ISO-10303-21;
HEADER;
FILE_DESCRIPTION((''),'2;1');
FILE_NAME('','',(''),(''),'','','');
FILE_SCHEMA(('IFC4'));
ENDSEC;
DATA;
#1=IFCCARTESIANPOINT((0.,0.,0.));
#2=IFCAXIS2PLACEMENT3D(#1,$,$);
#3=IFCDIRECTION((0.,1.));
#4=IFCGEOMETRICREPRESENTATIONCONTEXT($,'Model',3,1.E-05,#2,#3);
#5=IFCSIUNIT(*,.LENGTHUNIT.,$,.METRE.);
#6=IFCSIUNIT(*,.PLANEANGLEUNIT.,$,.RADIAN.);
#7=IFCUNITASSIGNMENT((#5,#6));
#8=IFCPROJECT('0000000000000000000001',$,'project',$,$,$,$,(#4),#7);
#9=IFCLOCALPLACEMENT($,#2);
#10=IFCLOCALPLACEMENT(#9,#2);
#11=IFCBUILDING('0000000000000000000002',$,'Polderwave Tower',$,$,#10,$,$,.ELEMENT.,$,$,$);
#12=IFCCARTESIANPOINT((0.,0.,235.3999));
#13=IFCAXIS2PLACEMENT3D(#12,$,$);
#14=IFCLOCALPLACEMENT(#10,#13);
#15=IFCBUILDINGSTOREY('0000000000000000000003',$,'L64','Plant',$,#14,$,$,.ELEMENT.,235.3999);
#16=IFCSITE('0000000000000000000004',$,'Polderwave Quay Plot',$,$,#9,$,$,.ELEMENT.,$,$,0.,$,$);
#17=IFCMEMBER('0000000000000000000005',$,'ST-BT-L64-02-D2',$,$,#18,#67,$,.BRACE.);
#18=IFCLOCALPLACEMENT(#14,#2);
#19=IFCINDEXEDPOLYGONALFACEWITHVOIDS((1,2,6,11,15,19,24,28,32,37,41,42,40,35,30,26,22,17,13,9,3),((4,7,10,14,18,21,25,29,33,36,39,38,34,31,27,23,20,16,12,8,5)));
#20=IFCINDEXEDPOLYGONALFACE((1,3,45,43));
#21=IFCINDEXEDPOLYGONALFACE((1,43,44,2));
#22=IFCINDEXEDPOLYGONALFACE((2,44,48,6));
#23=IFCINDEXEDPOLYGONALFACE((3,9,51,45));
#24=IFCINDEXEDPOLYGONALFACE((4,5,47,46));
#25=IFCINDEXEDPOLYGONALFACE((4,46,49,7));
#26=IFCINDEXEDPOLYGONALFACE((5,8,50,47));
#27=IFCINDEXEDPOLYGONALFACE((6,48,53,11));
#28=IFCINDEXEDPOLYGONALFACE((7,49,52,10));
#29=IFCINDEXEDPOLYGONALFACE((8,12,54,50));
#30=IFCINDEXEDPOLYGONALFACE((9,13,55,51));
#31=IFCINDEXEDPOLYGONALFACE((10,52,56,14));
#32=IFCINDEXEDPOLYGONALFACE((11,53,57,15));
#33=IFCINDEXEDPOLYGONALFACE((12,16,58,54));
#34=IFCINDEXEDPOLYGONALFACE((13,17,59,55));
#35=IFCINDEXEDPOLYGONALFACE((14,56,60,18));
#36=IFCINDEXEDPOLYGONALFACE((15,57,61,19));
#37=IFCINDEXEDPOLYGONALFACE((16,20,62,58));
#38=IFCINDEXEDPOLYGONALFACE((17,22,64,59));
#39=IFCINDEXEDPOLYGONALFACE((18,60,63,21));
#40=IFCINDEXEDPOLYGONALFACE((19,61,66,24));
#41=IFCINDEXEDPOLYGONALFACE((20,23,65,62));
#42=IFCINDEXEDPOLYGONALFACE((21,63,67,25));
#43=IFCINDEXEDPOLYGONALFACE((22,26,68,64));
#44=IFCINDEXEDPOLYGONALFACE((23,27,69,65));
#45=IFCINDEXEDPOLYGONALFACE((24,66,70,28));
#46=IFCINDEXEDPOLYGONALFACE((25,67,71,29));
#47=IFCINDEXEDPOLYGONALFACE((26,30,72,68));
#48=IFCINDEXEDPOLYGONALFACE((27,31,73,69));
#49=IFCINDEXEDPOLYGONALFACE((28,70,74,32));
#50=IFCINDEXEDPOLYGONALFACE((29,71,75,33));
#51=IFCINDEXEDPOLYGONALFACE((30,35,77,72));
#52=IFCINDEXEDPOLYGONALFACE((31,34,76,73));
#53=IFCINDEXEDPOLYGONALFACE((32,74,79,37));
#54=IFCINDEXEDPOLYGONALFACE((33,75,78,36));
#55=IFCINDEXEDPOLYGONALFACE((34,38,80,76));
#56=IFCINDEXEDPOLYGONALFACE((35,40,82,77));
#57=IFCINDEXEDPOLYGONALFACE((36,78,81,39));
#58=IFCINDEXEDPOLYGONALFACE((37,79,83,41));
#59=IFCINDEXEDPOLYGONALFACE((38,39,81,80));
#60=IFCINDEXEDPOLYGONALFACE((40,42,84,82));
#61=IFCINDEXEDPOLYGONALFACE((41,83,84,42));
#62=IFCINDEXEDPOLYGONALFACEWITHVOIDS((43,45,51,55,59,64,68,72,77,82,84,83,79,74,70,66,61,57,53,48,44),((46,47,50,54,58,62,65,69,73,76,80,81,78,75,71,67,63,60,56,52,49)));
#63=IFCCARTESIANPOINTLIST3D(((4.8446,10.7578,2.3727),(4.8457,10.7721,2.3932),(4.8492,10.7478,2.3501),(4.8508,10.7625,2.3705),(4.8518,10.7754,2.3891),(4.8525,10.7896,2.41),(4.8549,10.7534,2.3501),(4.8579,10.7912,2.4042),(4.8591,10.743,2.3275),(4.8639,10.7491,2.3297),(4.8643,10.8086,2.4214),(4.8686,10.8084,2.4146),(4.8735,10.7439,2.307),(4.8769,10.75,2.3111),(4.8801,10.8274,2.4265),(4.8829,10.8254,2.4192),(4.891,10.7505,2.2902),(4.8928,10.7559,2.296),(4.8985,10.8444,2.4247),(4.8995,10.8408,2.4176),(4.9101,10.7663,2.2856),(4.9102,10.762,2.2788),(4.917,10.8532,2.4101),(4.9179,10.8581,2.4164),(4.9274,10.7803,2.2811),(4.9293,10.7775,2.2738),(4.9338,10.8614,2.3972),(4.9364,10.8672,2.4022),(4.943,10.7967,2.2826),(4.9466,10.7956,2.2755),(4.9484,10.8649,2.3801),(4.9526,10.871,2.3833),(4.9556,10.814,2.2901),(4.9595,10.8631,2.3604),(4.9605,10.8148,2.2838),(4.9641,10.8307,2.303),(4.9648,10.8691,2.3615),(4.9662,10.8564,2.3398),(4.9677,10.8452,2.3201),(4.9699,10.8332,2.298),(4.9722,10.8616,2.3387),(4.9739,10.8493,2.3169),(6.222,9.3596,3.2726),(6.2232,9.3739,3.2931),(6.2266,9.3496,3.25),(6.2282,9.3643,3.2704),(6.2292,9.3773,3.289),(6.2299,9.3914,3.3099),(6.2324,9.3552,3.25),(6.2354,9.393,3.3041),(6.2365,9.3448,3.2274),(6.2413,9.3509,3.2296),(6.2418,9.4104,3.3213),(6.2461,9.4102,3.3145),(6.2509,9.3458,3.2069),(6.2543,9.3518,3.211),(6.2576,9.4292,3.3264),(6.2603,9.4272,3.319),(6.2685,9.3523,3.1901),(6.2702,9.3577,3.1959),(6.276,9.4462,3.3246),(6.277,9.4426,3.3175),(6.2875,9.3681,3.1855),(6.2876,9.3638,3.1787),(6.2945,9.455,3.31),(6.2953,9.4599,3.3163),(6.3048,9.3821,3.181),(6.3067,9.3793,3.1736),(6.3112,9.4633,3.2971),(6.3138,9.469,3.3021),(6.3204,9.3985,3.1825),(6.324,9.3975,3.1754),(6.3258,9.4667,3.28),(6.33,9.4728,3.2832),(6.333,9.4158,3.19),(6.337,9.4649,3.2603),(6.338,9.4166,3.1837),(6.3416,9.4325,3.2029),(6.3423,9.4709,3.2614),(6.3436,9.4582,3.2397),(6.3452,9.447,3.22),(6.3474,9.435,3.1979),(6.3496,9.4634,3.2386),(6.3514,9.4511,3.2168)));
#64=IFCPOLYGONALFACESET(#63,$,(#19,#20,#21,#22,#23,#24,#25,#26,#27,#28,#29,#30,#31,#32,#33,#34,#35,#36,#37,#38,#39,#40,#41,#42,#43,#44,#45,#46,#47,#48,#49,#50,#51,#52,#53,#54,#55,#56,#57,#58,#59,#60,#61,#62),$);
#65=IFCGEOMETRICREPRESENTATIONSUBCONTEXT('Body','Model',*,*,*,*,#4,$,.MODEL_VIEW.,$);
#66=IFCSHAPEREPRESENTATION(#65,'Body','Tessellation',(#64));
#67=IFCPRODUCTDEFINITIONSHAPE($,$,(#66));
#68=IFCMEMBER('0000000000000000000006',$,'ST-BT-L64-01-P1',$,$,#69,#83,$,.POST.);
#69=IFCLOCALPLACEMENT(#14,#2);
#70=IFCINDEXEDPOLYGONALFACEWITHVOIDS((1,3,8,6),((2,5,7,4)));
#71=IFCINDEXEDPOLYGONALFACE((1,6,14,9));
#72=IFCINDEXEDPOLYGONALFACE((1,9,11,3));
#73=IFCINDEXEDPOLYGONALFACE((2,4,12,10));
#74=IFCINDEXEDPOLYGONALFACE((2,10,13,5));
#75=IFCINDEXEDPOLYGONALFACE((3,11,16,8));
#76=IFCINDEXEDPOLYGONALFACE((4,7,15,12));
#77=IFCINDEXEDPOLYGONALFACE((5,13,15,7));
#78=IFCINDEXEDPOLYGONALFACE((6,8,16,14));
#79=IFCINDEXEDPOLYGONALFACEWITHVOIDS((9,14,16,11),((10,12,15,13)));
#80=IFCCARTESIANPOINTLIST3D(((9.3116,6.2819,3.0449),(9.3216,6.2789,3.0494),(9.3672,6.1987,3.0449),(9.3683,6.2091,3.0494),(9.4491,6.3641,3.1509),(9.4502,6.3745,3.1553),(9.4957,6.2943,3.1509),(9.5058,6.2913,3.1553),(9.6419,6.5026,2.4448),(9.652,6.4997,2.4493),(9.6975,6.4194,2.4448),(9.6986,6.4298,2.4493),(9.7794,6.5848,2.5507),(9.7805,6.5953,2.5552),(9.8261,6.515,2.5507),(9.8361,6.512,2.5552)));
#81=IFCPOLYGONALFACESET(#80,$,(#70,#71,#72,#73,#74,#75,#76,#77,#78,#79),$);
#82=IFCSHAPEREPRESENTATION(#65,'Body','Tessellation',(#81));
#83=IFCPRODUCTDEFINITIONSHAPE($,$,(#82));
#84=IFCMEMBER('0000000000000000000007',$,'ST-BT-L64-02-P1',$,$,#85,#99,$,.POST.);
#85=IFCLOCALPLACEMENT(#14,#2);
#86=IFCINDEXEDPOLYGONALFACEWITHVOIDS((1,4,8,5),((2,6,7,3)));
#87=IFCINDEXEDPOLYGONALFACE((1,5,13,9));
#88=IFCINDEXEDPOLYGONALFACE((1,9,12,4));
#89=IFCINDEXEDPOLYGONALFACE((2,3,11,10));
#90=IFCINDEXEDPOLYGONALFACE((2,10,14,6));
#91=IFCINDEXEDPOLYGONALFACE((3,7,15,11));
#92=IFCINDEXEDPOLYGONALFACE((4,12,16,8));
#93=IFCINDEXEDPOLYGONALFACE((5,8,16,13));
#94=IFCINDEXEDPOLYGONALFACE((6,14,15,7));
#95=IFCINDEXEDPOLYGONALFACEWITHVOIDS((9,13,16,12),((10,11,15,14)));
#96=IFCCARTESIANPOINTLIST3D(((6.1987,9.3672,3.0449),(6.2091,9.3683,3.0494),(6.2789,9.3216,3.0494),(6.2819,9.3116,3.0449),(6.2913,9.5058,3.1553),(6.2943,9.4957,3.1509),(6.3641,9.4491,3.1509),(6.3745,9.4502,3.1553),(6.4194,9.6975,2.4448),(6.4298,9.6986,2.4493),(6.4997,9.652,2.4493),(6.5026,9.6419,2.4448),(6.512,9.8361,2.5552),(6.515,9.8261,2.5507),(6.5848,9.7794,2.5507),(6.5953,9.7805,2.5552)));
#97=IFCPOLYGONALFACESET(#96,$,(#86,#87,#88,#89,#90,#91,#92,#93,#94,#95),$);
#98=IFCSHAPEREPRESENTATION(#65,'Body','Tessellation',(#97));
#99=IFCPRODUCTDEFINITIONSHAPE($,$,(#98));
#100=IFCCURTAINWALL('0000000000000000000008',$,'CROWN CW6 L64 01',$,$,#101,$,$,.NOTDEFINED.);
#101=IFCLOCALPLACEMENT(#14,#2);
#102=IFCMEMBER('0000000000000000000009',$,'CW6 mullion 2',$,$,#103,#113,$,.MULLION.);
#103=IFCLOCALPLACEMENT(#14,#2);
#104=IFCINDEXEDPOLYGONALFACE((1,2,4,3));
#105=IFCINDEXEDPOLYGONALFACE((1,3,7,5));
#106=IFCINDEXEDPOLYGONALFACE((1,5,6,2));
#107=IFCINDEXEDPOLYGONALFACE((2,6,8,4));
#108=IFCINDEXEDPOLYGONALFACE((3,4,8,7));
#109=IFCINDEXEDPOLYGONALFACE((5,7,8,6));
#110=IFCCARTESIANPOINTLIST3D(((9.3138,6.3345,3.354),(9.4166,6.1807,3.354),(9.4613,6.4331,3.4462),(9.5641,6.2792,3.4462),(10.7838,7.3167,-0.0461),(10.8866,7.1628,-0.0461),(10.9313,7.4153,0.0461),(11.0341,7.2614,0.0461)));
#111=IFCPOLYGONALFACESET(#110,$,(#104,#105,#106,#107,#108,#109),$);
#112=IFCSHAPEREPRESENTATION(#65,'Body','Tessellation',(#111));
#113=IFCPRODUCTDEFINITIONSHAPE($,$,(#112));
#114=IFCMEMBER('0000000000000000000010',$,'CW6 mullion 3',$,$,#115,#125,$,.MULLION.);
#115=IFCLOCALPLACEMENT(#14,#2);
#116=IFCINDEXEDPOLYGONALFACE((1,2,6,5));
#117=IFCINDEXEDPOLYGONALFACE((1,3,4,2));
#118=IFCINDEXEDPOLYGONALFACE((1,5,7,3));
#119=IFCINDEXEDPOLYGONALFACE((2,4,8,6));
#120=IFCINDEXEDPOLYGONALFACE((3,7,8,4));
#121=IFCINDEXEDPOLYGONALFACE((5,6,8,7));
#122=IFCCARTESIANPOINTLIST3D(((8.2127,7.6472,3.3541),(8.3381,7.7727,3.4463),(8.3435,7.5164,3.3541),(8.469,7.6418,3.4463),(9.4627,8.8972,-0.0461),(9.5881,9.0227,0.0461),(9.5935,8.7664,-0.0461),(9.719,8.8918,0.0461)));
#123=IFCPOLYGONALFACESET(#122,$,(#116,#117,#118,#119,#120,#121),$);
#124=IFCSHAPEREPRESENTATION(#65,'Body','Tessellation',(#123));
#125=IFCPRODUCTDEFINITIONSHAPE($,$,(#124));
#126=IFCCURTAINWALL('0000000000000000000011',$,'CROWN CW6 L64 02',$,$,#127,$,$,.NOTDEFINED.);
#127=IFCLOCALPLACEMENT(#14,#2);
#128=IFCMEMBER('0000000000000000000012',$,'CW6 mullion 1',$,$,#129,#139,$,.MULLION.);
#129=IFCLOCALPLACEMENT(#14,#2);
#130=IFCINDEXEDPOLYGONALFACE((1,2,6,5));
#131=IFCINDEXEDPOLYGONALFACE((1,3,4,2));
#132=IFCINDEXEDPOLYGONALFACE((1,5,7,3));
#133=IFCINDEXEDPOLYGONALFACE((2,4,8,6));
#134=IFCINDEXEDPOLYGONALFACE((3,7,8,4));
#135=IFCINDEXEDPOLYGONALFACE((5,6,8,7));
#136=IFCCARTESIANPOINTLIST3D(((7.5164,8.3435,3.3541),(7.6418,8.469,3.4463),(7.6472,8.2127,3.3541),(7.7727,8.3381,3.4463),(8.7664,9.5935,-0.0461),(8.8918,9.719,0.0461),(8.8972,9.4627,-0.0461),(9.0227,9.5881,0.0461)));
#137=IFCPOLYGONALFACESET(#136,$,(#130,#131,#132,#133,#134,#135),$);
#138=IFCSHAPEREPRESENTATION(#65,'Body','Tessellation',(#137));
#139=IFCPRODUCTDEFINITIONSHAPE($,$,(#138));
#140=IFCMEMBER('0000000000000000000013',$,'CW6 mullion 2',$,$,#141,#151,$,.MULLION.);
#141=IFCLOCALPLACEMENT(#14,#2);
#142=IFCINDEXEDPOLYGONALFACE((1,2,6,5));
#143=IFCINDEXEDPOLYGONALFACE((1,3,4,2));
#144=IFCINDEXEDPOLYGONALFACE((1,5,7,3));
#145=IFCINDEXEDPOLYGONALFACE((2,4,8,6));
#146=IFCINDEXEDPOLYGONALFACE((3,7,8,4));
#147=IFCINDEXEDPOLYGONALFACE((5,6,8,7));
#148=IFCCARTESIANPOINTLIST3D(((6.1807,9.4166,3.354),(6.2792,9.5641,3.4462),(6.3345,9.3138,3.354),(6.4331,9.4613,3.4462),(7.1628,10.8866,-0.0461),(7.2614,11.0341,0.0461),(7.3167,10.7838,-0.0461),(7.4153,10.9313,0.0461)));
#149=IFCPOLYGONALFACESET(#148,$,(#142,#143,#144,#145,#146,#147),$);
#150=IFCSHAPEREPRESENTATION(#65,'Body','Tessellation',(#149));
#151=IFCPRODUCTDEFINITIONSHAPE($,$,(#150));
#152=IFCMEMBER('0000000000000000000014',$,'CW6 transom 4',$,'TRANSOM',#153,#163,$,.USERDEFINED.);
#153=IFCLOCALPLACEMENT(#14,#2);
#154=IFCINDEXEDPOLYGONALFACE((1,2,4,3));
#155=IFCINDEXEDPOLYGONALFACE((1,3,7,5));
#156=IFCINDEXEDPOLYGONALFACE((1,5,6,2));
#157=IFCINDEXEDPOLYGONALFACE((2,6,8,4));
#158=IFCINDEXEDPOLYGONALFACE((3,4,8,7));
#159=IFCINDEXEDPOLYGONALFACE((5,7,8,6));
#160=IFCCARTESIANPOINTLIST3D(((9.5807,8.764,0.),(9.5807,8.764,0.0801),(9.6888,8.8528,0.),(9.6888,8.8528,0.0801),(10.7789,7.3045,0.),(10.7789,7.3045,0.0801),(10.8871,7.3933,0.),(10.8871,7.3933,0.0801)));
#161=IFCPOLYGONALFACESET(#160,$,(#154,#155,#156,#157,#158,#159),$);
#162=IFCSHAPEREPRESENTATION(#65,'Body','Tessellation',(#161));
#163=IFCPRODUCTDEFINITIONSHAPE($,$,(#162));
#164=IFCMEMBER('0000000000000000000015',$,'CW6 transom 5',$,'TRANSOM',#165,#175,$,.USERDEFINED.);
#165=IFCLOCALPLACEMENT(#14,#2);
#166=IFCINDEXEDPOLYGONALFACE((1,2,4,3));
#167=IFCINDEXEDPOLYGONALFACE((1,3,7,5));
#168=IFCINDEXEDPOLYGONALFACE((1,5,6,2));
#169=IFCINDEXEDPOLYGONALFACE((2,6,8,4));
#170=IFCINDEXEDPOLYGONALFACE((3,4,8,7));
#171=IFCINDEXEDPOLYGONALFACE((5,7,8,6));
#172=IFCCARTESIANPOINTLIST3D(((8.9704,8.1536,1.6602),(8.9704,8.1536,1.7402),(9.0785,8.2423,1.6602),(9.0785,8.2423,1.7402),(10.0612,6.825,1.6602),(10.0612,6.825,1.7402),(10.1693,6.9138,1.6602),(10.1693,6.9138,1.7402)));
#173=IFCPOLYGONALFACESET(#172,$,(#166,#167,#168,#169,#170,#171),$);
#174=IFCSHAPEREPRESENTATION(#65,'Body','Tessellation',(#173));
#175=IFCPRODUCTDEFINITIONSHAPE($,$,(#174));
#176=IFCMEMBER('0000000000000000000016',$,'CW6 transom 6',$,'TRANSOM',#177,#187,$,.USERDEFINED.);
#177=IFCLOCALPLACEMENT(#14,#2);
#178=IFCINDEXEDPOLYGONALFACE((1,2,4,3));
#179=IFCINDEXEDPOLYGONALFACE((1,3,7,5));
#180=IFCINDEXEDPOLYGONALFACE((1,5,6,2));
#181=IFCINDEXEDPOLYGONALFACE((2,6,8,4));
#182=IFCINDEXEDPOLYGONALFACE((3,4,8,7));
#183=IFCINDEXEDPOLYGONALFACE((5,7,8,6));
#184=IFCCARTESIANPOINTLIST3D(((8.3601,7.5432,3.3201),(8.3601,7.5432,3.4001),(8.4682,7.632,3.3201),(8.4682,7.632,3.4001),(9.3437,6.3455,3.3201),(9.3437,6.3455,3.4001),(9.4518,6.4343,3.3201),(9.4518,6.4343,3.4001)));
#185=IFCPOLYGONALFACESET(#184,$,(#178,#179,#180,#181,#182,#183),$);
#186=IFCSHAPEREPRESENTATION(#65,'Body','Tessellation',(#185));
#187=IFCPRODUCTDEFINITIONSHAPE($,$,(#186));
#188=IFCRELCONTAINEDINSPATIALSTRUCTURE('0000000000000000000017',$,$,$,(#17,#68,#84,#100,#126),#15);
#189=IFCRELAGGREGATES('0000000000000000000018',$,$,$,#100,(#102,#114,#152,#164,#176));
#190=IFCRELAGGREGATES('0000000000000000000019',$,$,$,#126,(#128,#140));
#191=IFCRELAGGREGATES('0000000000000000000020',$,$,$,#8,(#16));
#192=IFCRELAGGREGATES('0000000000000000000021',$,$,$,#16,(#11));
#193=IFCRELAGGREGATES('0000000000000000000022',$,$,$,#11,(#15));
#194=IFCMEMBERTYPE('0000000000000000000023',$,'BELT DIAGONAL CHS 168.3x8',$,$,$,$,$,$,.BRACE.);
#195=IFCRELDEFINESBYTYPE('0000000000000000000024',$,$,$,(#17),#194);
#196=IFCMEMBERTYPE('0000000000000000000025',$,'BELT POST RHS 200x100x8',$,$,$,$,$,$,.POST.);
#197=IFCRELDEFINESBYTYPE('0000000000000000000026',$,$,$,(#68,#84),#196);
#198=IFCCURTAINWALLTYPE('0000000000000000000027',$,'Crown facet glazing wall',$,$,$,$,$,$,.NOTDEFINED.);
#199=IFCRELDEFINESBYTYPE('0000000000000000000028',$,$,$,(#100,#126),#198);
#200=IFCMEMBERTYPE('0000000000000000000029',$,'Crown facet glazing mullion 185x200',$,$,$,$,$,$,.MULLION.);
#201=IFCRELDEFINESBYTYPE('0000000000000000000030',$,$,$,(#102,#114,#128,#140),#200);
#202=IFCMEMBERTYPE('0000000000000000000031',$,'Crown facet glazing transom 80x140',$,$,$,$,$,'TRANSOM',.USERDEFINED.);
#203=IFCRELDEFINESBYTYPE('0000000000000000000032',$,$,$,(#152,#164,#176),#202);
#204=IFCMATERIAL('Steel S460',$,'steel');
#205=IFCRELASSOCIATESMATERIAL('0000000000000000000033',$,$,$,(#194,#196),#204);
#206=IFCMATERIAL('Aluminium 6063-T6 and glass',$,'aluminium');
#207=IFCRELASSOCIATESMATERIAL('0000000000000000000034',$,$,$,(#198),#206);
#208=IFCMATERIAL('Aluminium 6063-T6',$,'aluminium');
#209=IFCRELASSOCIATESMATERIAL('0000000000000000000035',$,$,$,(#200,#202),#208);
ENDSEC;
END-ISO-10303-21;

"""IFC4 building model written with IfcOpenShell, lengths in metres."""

from ifc_helpers import new_model, si_unit, direction, frame, origin, origin_2d, place, context, subcontext, project, spatial, rectangle, hollow_rectangle, hollow_circle, extrude, material, material_profile, profile_set, type_object, element, aggregate, save


model = new_model("IFC4")

# Units and contexts
model_context = context("Model", 3, precision=1e-05, world=origin(), true_north=direction((0.0, 1.0)))
body_context = subcontext(model_context, "Body", "Model", "MODEL_VIEW")
ifc_project = project(units=[si_unit("LENGTHUNIT", "METRE"), si_unit("PLANEANGLEUNIT", "RADIAN")], contexts=[model_context])

# Site, building, storey
site_placement = place(None, origin())
site = spatial("IfcSite", under=ifc_project, at=site_placement, Name="Polderwave Quay Plot", CompositionType="ELEMENT", RefElevation=0.0)
building_placement = place(site_placement, origin())
building = spatial("IfcBuilding", under=site, at=building_placement, Name="Polderwave Tower", CompositionType="ELEMENT")
storey_placement = place(building_placement, frame((0.0, 0.0, 235.3999)))
storey = spatial("IfcBuildingStorey", under=building, at=storey_placement, Name="L64", Description="Plant", CompositionType="ELEMENT", Elevation=235.3999)

# Members
ifc_material_1 = material(Name="Steel S460", Category="steel")
ifc_material_profile_1 = material_profile(ifc_material_1, hollow_circle(Radius=0.0842, WallThickness=0.0081, at=origin_2d()), Name="CHS 168.3x8")
ifc_profile_set_1 = profile_set([ifc_material_profile_1], Name="Steel S460")
member_type_1 = type_object("IfcMemberType", Name="BELT DIAGONAL CHS 168.3x8", PredefinedType="BRACE", material=ifc_profile_set_1)
for number, where, z_axis, x_axis, name in (
    (1, (6.2866, 9.4087, 3.25), (-0.637943, 0.647554, -0.416777), (-0.712374, -0.701801, 0.0), "ST-BT-L64-02-D2"),
):
    element("IfcMember", number, at=place(storey_placement, frame(where, z_axis=z_axis, x_axis=x_axis)), inside=storey, type_object=member_type_1, Name=name, PredefinedType="BRACE", context=body_context, shape_type="SweptSolid", body=[
        extrude(hollow_circle(Radius=0.0842, WallThickness=0.0081, at=origin_2d()), origin(), (0.0, 0.0, 1.0), 2.1592),
    ])
ifc_material_profile_2 = material_profile(ifc_material_1, hollow_rectangle(XDim=0.1001, YDim=0.2, WallThickness=0.0081, at=origin_2d()), Name="RHS 200x100x8")
ifc_profile_set_2 = profile_set([ifc_material_profile_2], Name="Steel S460")
member_type_2 = type_object("IfcMemberType", Name="BELT POST RHS 200x100x8", PredefinedType="POST", material=ifc_profile_set_2)
for number, where, z_axis, x_axis, name in (
    (2, (9.739, 6.5073, 2.5), (-0.458985, -0.306668, 0.833839), (0.555551, -0.831483, 0.0), "ST-BT-L64-01-P1"),
    (3, (6.5073, 9.739, 2.5), (-0.306668, -0.458985, 0.833839), (0.831483, -0.555551, 0.0), "ST-BT-L64-02-P1"),
):
    element("IfcMember", number, at=place(storey_placement, frame(where, z_axis=z_axis, x_axis=x_axis)), inside=storey, type_object=member_type_2, Name=name, PredefinedType="POST", context=body_context, shape_type="SweptSolid", body=[
        extrude(hollow_rectangle(XDim=0.1001, YDim=0.2, WallThickness=0.0081, at=origin_2d()), origin(), (0.0, 0.0, 1.0), 0.7197),
    ])

# Curtain walls, members
ifc_material_2 = material(Name="Aluminium 6063-T6 and glass", Category="aluminium")
curtain_wall_type = type_object("IfcCurtainWallType", Name="Crown facet glazing wall", PredefinedType="NOTDEFINED", material=ifc_material_2)
curtain_wall_1_placement = place(storey_placement, origin())
curtain_wall_1 = element("IfcCurtainWall", 4, at=curtain_wall_1_placement, inside=storey, type_object=curtain_wall_type, Name="CROWN CW6 L64 01", PredefinedType="NOTDEFINED")
ifc_material_3 = material(Name="Aluminium 6063-T6", Category="aluminium")
ifc_material_profile_3 = material_profile(ifc_material_3, rectangle(XDim=0.1851, YDim=0.2, at=origin_2d()), Name="AL 185x200")
ifc_profile_set_3 = profile_set([ifc_material_profile_3], Name="Aluminium 6063-T6")
member_type_3 = type_object("IfcMemberType", Name="Crown facet glazing mullion 185x200", PredefinedType="MULLION", material=ifc_profile_set_3)
member_1_placement = place(storey_placement, frame((10.9089, 7.2891, 0.0), z_axis=(-0.383575, -0.25629, 0.887235), x_axis=(0.55556, -0.831476, 0.0)))
member_1 = element("IfcMember", 5, at=member_1_placement, type_object=member_type_3, Name="CW6 mullion 2", PredefinedType="MULLION", context=body_context, shape_type="SweptSolid", body=[
    extrude(rectangle(XDim=0.1851, YDim=0.2, at=origin_2d()), origin(), (0.0, 0.0, 1.0), 3.8323),
])
member_2_placement = place(storey_placement, frame((9.5908, 8.8945, 0.0), z_axis=(-0.326181, -0.326181, 0.88725), x_axis=(0.707107, -0.707107, 0.0)))
member_2 = element("IfcMember", 6, at=member_2_placement, type_object=member_type_3, Name="CW6 mullion 3", PredefinedType="MULLION", context=body_context, shape_type="SweptSolid", body=[
    extrude(rectangle(XDim=0.1851, YDim=0.2, at=origin_2d()), origin(), (0.0, 0.0, 1.0), 3.8323),
])
curtain_wall_2_placement = place(storey_placement, origin())
curtain_wall_2 = element("IfcCurtainWall", 7, at=curtain_wall_2_placement, inside=storey, type_object=curtain_wall_type, Name="CROWN CW6 L64 02", PredefinedType="NOTDEFINED")
member_3_placement = place(storey_placement, frame((8.8945, 9.5908, 0.0), z_axis=(-0.326181, -0.326181, 0.88725), x_axis=(0.707107, -0.707107, 0.0)))
member_3 = element("IfcMember", 8, at=member_3_placement, type_object=member_type_3, Name="CW6 mullion 1", PredefinedType="MULLION", context=body_context, shape_type="SweptSolid", body=[
    extrude(rectangle(XDim=0.1851, YDim=0.2, at=origin_2d()), origin(), (0.0, 0.0, 1.0), 3.8323),
])
member_4_placement = place(storey_placement, frame((7.2891, 10.9089, 0.0), z_axis=(-0.25629, -0.383575, 0.887235), x_axis=(0.831476, -0.55556, 0.0)))
member_4 = element("IfcMember", 9, at=member_4_placement, type_object=member_type_3, Name="CW6 mullion 2", PredefinedType="MULLION", context=body_context, shape_type="SweptSolid", body=[
    extrude(rectangle(XDim=0.1851, YDim=0.2, at=origin_2d()), origin(), (0.0, 0.0, 1.0), 3.8323),
])

# Members
ifc_material_profile_4 = material_profile(ifc_material_3, rectangle(XDim=0.1399, YDim=0.0801, at=origin_2d()), Name="AL 80x140")
ifc_profile_set_4 = profile_set([ifc_material_profile_4], Name="Aluminium 6063-T6")
member_type_4 = type_object("IfcMemberType", Name="Crown facet glazing transom 80x140", ElementType="TRANSOM", PredefinedType="USERDEFINED", material=ifc_profile_set_4)
member_5_placement = place(storey_placement, frame((10.833, 7.3489, 0.04), z_axis=(-0.634546, 0.772885, 0.0), x_axis=(-0.772885, -0.634546, 0.0)))
member_5 = element("IfcMember", 10, at=member_5_placement, type_object=member_type_4, Name="CW6 transom 4", ObjectType="TRANSOM", PredefinedType="USERDEFINED", context=body_context, shape_type="SweptSolid", body=[
    extrude(rectangle(XDim=0.1399, YDim=0.0801, at=origin_2d()), origin(), (0.0, 0.0, 1.0), 1.8884),
])
member_6_placement = place(storey_placement, frame((10.1152, 6.8694, 1.7002), z_axis=(-0.634552, 0.77288, 0.0), x_axis=(-0.77288, -0.634552, 0.0)))
member_6 = element("IfcMember", 11, at=member_6_placement, type_object=member_type_4, Name="CW6 transom 5", ObjectType="TRANSOM", PredefinedType="USERDEFINED", context=body_context, shape_type="SweptSolid", body=[
    extrude(rectangle(XDim=0.1399, YDim=0.0801, at=origin_2d()), origin(), (0.0, 0.0, 1.0), 1.719),
])
member_7_placement = place(storey_placement, frame((9.3977, 6.3899, 3.3601), z_axis=(-0.634652, 0.772798, 0.0), x_axis=(-0.772798, -0.634652, 0.0)))
member_7 = element("IfcMember", 12, at=member_7_placement, type_object=member_type_4, Name="CW6 transom 6", ObjectType="TRANSOM", PredefinedType="USERDEFINED", context=body_context, shape_type="SweptSolid", body=[
    extrude(rectangle(XDim=0.1399, YDim=0.0801, at=origin_2d()), origin(), (0.0, 0.0, 1.0), 1.5498),
])

aggregate(curtain_wall_1, [member_1, member_2, member_5, member_6, member_7])
aggregate(curtain_wall_2, [member_3, member_4])

save(model, "model.ifc")
